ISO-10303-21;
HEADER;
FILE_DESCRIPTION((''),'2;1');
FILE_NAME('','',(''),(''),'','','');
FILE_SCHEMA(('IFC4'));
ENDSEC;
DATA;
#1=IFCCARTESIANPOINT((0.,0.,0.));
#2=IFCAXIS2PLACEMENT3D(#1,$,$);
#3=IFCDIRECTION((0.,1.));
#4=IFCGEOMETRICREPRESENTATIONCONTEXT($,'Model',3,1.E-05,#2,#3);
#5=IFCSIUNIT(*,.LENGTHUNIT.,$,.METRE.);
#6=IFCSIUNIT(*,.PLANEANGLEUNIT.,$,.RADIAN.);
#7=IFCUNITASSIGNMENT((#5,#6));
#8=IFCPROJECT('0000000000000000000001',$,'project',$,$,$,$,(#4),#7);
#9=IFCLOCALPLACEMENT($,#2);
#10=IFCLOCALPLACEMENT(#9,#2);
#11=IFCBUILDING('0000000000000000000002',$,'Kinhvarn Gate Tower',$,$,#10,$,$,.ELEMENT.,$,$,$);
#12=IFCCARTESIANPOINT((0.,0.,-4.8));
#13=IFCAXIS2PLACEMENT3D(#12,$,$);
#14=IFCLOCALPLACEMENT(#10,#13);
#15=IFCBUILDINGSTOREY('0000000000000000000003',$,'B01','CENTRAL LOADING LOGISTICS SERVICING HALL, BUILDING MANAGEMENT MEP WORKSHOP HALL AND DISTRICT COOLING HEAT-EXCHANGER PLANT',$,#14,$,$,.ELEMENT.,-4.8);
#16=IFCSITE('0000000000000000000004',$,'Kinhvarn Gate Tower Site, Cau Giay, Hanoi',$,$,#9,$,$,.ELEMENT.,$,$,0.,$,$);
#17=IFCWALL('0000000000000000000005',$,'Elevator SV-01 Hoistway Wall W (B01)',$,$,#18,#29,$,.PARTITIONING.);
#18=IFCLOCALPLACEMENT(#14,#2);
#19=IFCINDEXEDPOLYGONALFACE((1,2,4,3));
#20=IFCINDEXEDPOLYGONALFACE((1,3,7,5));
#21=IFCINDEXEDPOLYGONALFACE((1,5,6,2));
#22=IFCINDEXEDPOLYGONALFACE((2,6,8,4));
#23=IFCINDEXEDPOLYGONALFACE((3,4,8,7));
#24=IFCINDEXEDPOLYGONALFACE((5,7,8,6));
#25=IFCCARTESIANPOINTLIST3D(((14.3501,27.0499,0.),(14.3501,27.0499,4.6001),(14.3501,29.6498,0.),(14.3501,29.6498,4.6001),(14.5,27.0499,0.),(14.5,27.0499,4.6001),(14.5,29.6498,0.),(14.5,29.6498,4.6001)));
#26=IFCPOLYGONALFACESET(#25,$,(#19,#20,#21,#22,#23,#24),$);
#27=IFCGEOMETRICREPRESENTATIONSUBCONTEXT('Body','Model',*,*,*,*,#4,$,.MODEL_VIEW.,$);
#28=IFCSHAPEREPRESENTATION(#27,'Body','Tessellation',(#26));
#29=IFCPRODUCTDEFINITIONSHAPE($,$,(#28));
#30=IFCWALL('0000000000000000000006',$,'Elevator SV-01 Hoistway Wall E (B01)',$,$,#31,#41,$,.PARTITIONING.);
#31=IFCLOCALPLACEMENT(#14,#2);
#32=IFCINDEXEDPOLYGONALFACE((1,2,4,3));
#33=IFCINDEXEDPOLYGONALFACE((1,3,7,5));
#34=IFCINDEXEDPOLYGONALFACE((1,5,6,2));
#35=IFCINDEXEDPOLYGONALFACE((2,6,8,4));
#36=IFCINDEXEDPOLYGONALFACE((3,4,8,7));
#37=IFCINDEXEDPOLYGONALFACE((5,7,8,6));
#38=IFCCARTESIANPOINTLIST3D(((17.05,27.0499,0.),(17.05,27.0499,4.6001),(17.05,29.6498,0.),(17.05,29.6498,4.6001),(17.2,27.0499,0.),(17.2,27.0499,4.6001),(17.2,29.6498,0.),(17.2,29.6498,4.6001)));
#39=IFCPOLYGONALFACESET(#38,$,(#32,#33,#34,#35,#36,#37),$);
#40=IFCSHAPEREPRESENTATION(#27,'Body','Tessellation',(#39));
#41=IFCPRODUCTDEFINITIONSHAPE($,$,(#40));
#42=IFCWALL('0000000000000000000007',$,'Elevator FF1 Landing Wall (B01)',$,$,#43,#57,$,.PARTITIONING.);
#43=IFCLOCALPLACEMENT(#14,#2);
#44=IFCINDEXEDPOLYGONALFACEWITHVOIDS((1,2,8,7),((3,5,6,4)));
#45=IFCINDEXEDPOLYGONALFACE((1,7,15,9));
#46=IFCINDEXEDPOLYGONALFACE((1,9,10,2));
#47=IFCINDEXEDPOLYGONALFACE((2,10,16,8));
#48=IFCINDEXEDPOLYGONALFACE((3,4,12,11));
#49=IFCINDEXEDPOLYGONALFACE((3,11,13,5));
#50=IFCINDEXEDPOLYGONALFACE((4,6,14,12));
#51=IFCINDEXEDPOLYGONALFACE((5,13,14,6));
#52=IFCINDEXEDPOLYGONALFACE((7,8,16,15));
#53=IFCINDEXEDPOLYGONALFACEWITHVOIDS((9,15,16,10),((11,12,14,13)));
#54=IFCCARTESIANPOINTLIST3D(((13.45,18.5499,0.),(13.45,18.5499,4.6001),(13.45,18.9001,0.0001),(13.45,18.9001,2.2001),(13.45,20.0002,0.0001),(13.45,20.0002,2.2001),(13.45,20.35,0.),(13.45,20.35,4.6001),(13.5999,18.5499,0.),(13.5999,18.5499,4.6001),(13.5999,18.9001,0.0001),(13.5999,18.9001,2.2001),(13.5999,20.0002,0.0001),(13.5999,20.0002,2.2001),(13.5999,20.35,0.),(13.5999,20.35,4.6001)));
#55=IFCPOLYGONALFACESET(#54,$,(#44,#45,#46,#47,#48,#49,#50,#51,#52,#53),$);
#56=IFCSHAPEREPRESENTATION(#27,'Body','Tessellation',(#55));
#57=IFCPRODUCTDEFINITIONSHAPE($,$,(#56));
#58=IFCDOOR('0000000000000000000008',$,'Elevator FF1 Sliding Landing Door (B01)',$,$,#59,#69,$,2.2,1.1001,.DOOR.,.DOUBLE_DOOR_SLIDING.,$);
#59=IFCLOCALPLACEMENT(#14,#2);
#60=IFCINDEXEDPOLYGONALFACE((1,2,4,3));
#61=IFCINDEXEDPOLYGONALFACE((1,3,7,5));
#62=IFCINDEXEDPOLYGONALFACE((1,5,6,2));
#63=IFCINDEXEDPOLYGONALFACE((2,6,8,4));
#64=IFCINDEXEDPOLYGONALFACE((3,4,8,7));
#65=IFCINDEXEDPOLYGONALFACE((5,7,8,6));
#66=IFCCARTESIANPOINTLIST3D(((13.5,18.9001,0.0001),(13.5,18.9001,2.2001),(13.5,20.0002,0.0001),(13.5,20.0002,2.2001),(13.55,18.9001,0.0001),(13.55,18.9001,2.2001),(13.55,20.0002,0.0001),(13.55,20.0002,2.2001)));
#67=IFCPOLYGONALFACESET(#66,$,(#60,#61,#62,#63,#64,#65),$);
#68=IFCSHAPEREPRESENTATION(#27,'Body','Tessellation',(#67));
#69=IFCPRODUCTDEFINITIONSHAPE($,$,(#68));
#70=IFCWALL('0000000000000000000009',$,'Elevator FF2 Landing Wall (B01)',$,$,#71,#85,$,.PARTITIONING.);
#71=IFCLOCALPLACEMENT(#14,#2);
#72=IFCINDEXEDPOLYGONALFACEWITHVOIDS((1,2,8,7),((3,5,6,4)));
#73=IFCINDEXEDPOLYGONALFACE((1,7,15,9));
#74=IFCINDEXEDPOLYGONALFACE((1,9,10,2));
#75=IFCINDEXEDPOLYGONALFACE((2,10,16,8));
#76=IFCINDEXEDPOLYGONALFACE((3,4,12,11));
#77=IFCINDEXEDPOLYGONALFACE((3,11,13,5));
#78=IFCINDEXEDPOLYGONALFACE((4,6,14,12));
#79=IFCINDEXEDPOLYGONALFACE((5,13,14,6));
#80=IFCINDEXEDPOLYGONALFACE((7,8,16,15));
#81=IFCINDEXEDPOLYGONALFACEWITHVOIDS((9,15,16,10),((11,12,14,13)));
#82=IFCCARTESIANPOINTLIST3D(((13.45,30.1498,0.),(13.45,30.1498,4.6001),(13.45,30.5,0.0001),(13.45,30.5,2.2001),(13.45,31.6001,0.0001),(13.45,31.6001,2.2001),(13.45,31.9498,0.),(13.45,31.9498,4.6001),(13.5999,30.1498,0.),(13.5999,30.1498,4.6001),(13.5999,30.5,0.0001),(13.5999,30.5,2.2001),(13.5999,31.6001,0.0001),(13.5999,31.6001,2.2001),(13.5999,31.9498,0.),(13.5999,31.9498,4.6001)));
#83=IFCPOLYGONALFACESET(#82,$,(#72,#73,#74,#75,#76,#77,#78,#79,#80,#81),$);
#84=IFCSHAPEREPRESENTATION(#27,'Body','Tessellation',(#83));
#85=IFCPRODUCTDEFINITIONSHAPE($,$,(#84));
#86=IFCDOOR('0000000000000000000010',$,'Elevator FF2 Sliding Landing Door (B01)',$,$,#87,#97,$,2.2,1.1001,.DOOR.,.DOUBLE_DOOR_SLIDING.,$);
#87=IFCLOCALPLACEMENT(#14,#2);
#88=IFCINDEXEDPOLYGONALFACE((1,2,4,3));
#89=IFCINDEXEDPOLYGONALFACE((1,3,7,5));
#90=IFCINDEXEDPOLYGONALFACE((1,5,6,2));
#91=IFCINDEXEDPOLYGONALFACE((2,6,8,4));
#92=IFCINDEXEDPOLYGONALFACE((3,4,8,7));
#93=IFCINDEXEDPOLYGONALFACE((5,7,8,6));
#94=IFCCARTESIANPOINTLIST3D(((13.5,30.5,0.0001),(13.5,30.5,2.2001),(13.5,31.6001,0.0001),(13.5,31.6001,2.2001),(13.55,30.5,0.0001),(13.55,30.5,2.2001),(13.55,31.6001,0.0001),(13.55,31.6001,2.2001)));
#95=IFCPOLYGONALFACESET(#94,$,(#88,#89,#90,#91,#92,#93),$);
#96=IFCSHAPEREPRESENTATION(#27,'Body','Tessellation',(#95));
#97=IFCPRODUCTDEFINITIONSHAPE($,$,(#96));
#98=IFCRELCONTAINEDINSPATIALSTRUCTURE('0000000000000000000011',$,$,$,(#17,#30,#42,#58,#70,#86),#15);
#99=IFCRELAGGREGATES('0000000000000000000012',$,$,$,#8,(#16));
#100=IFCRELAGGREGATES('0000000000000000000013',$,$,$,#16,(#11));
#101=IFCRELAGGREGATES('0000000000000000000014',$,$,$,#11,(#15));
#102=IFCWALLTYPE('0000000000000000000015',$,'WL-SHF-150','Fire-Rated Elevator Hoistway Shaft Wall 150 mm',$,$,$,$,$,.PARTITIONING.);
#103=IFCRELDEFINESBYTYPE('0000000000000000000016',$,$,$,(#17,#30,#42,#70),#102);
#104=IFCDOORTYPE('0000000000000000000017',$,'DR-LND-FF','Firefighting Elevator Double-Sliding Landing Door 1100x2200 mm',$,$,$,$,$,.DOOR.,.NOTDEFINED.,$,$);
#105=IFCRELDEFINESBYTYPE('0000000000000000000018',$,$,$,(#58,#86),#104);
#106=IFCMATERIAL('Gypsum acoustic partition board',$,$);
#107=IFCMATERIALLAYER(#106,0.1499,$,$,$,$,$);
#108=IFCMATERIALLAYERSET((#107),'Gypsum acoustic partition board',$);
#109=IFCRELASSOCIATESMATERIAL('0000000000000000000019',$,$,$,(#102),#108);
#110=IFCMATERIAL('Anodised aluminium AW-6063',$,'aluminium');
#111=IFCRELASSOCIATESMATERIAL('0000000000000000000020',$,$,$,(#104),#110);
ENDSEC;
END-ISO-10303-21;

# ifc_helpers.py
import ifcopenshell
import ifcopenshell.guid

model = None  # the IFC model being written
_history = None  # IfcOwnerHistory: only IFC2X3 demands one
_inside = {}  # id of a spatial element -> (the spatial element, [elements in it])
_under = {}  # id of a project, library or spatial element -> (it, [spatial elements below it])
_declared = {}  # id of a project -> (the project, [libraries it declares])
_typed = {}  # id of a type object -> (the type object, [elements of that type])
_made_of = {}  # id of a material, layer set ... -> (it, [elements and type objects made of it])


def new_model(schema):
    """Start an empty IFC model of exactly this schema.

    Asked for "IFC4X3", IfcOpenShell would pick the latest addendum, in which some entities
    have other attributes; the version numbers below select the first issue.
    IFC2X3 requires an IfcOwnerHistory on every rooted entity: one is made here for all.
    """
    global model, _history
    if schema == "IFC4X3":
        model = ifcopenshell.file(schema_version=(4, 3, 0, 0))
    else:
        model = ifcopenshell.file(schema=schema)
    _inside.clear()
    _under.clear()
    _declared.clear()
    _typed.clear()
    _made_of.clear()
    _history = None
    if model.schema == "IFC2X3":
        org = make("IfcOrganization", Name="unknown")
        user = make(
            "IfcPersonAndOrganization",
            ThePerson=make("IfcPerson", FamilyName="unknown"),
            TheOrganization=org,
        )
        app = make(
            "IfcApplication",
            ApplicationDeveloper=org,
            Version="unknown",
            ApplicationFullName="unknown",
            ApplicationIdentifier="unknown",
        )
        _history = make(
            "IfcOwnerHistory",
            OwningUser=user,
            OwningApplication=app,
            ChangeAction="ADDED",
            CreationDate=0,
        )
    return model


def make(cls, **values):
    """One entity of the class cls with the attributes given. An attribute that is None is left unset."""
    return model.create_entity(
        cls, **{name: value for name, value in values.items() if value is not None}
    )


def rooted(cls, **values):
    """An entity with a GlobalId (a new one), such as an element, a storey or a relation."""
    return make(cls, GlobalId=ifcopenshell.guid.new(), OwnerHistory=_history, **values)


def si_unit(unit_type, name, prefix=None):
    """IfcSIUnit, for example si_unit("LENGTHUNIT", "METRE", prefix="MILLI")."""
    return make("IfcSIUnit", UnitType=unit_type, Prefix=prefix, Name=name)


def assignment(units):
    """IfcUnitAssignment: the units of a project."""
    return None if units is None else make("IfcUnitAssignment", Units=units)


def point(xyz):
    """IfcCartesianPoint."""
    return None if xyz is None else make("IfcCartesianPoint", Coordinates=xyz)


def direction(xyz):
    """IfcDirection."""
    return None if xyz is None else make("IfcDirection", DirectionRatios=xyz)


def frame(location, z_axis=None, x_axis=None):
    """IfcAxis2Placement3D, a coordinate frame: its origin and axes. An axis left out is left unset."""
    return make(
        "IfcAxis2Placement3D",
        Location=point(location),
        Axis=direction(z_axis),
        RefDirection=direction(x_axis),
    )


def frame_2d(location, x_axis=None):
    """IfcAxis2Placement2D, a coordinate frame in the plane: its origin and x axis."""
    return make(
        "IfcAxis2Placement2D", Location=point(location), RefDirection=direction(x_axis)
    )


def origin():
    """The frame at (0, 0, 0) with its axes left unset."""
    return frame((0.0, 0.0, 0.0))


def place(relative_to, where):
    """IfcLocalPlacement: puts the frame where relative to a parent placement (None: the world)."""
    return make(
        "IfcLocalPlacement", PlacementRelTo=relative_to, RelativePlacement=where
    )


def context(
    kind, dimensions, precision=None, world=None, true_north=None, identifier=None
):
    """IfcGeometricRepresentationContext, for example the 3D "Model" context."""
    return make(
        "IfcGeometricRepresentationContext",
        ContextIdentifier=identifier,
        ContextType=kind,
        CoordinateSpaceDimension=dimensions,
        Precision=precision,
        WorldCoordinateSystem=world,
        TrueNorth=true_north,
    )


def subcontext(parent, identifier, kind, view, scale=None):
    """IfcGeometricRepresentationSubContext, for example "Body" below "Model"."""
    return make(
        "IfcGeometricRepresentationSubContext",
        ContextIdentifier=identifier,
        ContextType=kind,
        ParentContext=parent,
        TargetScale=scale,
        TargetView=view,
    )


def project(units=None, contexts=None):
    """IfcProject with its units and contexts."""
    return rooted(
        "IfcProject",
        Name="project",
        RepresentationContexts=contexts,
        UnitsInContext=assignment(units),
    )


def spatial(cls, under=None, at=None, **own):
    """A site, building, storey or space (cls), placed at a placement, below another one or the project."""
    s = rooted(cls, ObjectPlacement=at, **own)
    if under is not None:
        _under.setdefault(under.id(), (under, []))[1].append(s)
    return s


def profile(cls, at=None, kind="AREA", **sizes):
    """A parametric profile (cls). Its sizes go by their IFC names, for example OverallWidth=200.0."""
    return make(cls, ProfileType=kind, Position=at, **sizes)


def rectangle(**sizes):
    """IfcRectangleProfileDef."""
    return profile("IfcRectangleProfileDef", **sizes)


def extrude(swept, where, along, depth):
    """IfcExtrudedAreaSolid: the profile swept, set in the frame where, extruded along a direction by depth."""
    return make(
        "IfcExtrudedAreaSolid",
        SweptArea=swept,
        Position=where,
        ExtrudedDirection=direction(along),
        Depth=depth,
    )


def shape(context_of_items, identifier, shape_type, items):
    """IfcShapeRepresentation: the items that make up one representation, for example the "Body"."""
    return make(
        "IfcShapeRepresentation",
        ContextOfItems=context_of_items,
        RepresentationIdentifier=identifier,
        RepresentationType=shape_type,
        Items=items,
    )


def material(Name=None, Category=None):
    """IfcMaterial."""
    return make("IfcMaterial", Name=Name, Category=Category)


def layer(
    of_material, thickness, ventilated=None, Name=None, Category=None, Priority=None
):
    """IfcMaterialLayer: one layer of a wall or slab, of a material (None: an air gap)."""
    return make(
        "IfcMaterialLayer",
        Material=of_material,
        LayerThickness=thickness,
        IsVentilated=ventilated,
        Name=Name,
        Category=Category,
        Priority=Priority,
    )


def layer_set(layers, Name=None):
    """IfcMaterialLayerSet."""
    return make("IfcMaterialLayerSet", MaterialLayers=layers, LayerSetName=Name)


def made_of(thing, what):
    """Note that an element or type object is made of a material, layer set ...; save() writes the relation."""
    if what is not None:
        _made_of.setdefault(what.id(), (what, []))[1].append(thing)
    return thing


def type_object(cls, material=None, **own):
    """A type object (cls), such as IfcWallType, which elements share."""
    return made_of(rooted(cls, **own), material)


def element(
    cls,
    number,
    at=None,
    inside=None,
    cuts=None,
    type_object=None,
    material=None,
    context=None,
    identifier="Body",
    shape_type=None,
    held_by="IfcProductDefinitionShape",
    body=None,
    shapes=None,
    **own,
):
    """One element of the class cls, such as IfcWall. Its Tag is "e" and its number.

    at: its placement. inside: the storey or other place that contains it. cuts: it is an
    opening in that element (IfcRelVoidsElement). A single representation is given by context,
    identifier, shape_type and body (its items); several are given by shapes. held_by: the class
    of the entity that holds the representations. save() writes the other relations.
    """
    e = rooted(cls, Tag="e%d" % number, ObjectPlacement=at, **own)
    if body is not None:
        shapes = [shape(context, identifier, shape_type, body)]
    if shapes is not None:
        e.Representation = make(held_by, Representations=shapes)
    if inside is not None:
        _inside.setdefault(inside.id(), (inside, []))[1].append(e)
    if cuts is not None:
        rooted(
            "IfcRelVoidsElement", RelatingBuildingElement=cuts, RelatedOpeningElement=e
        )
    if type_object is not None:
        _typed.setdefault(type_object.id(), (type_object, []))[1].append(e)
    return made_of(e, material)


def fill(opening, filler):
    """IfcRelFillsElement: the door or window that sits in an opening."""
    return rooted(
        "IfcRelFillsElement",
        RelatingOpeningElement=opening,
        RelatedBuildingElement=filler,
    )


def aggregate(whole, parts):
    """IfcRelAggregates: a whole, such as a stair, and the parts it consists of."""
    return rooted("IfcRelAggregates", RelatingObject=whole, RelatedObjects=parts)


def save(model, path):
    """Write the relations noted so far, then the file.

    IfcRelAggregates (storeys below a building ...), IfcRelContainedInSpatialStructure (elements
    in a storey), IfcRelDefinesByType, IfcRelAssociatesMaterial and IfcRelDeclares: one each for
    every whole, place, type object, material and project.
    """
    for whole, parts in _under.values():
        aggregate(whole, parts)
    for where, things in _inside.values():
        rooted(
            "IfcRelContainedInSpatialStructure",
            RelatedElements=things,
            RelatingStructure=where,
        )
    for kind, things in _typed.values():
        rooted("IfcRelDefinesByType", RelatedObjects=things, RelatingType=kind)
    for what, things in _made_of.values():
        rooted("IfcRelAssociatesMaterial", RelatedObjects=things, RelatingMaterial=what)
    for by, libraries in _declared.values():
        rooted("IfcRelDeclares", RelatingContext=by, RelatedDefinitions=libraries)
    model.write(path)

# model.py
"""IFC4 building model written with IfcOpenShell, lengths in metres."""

from ifc_helpers import new_model, si_unit, direction, frame, frame_2d, origin, place, context, subcontext, project, spatial, rectangle, extrude, material, layer, layer_set, type_object, element, fill, save


model = new_model("IFC4")

# Units and contexts
model_context = context("Model", 3, precision=1e-05, world=origin(), true_north=direction((0.0, 1.0)))
body_context = subcontext(model_context, "Body", "Model", "MODEL_VIEW")
ifc_project = project(units=[si_unit("LENGTHUNIT", "METRE"), si_unit("PLANEANGLEUNIT", "RADIAN")], contexts=[model_context])

# Site, building, storey
site_placement = place(None, origin())
site = spatial("IfcSite", under=ifc_project, at=site_placement, Name="Kinhvarn Gate Tower Site, Cau Giay, Hanoi", CompositionType="ELEMENT", RefElevation=0.0)
building_placement = place(site_placement, origin())
building = spatial("IfcBuilding", under=site, at=building_placement, Name="Kinhvarn Gate Tower", CompositionType="ELEMENT")
storey_placement = place(building_placement, frame((0.0, 0.0, -4.8)))
storey = spatial("IfcBuildingStorey", under=building, at=storey_placement, Name="B01", Description="CENTRAL LOADING LOGISTICS SERVICING HALL, BUILDING MANAGEMENT MEP WORKSHOP HALL AND DISTRICT COOLING HEAT-EXCHANGER PLANT", CompositionType="ELEMENT", Elevation=-4.8)

# Shared definitions
ifc_material_1 = material(Name="Anodised aluminium AW-6063", Category="aluminium")

# Shared definitions
ifc_material_2 = material(Name="Gypsum acoustic partition board")

# Shared definitions
ifc_layer_1 = layer(ifc_material_2, 0.1499)
ifc_layer_set_1 = layer_set([ifc_layer_1], Name="Gypsum acoustic partition board")
wall_type_1 = type_object("IfcWallType", Name="WL-SHF-150", Description="Fire-Rated Elevator Hoistway Shaft Wall 150 mm", PredefinedType="PARTITIONING", material=ifc_layer_set_1)

# Walls
for number, where, z_axis, x_axis, name in (
    (1, (14.425, 27.05, 0.0), (0.0, 0.0, 1.0), (0.0, 1.0, 0.0), "Elevator SV-01 Hoistway Wall W (B01)"),
    (2, (17.125, 27.05, 0.0), (0.0, 0.0, 1.0), (0.0, 1.0, 0.0), "Elevator SV-01 Hoistway Wall E (B01)"),
):
    element("IfcWall", number, at=place(storey_placement, frame(where, z_axis=z_axis, x_axis=x_axis)), inside=storey, type_object=wall_type_1, Name=name, PredefinedType="PARTITIONING", context=body_context, shape_type="SweptSolid", body=[
        extrude(rectangle(XDim=2.5999, YDim=0.1499, at=frame_2d((1.2998, 0.0))), origin(), (0.0, 0.0, 1.0), 4.6001),
    ])

# Walls, openings, doors
wall_1_placement = place(storey_placement, frame((13.5249, 18.55, 0.0), z_axis=(0.0, 0.0, 1.0), x_axis=(0.0, 1.0, 0.0)))
wall_1 = element("IfcWall", 3, at=wall_1_placement, inside=storey, type_object=wall_type_1, Name="Elevator FF1 Landing Wall (B01)", PredefinedType="PARTITIONING", context=body_context, shape_type="SweptSolid", body=[
    extrude(rectangle(XDim=1.8, YDim=0.1499, at=frame_2d((0.8999, 0.0))), origin(), (0.0, 0.0, 1.0), 4.6001),
])
opening_1_placement = place(wall_1_placement, frame((0.3501, 0.0, 0.0)))
opening_1 = element("IfcOpeningElement", 4, at=opening_1_placement, cuts=wall_1, PredefinedType="OPENING", context=body_context, shape_type="SweptSolid", body=[
    extrude(rectangle(XDim=1.1001, YDim=2.2, at=frame_2d((0.55, 1.1001))), frame((0.0, 0.085, 0.0), z_axis=(0.0, -1.0, 0.0), x_axis=(1.0, 0.0, 0.0)), (0.0, 0.0, 1.0), 0.1699),
])
door_type_1 = type_object("IfcDoorType", Name="DR-LND-FF", Description="Firefighting Elevator Double-Sliding Landing Door 1100x2200 mm", OperationType="NOTDEFINED", PredefinedType="DOOR", material=ifc_material_1)
door_1_placement = place(opening_1_placement, origin())
door_1 = element("IfcDoor", 5, at=door_1_placement, inside=storey, type_object=door_type_1, Name="Elevator FF1 Sliding Landing Door (B01)", OperationType="DOUBLE_DOOR_SLIDING", OverallHeight=2.2, OverallWidth=1.1001, PredefinedType="DOOR", context=body_context, shape_type="SweptSolid", body=[
    extrude(rectangle(XDim=1.1001, YDim=2.2, at=frame_2d((0.55, 1.1001))), frame((0.0, 0.0249, 0.0), z_axis=(0.0, -1.0, 0.0), x_axis=(1.0, 0.0, 0.0)), (0.0, 0.0, 1.0), 0.05),
])
fill(opening_1, door_1)
wall_2_placement = place(storey_placement, frame((13.5249, 30.1499, 0.0), z_axis=(0.0, 0.0, 1.0), x_axis=(0.0, 1.0, 0.0)))
wall_2 = element("IfcWall", 6, at=wall_2_placement, inside=storey, type_object=wall_type_1, Name="Elevator FF2 Landing Wall (B01)", PredefinedType="PARTITIONING", context=body_context, shape_type="SweptSolid", body=[
    extrude(rectangle(XDim=1.8, YDim=0.1499, at=frame_2d((0.8999, 0.0))), origin(), (0.0, 0.0, 1.0), 4.6001),
])
opening_2_placement = place(wall_2_placement, frame((0.3501, 0.0, 0.0)))
opening_2 = element("IfcOpeningElement", 7, at=opening_2_placement, cuts=wall_2, PredefinedType="OPENING", context=body_context, shape_type="SweptSolid", body=[
    extrude(rectangle(XDim=1.1001, YDim=2.2, at=frame_2d((0.55, 1.1001))), frame((0.0, 0.085, 0.0), z_axis=(0.0, -1.0, 0.0), x_axis=(1.0, 0.0, 0.0)), (0.0, 0.0, 1.0), 0.1699),
])
door_2_placement = place(opening_2_placement, origin())
door_2 = element("IfcDoor", 8, at=door_2_placement, inside=storey, type_object=door_type_1, Name="Elevator FF2 Sliding Landing Door (B01)", OperationType="DOUBLE_DOOR_SLIDING", OverallHeight=2.2, OverallWidth=1.1001, PredefinedType="DOOR", context=body_context, shape_type="SweptSolid", body=[
    extrude(rectangle(XDim=1.1001, YDim=2.2, at=frame_2d((0.55, 1.1001))), frame((0.0, 0.0249, 0.0), z_axis=(0.0, -1.0, 0.0), x_axis=(1.0, 0.0, 0.0)), (0.0, 0.0, 1.0), 0.05),
])
fill(opening_2, door_2)

save(model, "model.ifc")
